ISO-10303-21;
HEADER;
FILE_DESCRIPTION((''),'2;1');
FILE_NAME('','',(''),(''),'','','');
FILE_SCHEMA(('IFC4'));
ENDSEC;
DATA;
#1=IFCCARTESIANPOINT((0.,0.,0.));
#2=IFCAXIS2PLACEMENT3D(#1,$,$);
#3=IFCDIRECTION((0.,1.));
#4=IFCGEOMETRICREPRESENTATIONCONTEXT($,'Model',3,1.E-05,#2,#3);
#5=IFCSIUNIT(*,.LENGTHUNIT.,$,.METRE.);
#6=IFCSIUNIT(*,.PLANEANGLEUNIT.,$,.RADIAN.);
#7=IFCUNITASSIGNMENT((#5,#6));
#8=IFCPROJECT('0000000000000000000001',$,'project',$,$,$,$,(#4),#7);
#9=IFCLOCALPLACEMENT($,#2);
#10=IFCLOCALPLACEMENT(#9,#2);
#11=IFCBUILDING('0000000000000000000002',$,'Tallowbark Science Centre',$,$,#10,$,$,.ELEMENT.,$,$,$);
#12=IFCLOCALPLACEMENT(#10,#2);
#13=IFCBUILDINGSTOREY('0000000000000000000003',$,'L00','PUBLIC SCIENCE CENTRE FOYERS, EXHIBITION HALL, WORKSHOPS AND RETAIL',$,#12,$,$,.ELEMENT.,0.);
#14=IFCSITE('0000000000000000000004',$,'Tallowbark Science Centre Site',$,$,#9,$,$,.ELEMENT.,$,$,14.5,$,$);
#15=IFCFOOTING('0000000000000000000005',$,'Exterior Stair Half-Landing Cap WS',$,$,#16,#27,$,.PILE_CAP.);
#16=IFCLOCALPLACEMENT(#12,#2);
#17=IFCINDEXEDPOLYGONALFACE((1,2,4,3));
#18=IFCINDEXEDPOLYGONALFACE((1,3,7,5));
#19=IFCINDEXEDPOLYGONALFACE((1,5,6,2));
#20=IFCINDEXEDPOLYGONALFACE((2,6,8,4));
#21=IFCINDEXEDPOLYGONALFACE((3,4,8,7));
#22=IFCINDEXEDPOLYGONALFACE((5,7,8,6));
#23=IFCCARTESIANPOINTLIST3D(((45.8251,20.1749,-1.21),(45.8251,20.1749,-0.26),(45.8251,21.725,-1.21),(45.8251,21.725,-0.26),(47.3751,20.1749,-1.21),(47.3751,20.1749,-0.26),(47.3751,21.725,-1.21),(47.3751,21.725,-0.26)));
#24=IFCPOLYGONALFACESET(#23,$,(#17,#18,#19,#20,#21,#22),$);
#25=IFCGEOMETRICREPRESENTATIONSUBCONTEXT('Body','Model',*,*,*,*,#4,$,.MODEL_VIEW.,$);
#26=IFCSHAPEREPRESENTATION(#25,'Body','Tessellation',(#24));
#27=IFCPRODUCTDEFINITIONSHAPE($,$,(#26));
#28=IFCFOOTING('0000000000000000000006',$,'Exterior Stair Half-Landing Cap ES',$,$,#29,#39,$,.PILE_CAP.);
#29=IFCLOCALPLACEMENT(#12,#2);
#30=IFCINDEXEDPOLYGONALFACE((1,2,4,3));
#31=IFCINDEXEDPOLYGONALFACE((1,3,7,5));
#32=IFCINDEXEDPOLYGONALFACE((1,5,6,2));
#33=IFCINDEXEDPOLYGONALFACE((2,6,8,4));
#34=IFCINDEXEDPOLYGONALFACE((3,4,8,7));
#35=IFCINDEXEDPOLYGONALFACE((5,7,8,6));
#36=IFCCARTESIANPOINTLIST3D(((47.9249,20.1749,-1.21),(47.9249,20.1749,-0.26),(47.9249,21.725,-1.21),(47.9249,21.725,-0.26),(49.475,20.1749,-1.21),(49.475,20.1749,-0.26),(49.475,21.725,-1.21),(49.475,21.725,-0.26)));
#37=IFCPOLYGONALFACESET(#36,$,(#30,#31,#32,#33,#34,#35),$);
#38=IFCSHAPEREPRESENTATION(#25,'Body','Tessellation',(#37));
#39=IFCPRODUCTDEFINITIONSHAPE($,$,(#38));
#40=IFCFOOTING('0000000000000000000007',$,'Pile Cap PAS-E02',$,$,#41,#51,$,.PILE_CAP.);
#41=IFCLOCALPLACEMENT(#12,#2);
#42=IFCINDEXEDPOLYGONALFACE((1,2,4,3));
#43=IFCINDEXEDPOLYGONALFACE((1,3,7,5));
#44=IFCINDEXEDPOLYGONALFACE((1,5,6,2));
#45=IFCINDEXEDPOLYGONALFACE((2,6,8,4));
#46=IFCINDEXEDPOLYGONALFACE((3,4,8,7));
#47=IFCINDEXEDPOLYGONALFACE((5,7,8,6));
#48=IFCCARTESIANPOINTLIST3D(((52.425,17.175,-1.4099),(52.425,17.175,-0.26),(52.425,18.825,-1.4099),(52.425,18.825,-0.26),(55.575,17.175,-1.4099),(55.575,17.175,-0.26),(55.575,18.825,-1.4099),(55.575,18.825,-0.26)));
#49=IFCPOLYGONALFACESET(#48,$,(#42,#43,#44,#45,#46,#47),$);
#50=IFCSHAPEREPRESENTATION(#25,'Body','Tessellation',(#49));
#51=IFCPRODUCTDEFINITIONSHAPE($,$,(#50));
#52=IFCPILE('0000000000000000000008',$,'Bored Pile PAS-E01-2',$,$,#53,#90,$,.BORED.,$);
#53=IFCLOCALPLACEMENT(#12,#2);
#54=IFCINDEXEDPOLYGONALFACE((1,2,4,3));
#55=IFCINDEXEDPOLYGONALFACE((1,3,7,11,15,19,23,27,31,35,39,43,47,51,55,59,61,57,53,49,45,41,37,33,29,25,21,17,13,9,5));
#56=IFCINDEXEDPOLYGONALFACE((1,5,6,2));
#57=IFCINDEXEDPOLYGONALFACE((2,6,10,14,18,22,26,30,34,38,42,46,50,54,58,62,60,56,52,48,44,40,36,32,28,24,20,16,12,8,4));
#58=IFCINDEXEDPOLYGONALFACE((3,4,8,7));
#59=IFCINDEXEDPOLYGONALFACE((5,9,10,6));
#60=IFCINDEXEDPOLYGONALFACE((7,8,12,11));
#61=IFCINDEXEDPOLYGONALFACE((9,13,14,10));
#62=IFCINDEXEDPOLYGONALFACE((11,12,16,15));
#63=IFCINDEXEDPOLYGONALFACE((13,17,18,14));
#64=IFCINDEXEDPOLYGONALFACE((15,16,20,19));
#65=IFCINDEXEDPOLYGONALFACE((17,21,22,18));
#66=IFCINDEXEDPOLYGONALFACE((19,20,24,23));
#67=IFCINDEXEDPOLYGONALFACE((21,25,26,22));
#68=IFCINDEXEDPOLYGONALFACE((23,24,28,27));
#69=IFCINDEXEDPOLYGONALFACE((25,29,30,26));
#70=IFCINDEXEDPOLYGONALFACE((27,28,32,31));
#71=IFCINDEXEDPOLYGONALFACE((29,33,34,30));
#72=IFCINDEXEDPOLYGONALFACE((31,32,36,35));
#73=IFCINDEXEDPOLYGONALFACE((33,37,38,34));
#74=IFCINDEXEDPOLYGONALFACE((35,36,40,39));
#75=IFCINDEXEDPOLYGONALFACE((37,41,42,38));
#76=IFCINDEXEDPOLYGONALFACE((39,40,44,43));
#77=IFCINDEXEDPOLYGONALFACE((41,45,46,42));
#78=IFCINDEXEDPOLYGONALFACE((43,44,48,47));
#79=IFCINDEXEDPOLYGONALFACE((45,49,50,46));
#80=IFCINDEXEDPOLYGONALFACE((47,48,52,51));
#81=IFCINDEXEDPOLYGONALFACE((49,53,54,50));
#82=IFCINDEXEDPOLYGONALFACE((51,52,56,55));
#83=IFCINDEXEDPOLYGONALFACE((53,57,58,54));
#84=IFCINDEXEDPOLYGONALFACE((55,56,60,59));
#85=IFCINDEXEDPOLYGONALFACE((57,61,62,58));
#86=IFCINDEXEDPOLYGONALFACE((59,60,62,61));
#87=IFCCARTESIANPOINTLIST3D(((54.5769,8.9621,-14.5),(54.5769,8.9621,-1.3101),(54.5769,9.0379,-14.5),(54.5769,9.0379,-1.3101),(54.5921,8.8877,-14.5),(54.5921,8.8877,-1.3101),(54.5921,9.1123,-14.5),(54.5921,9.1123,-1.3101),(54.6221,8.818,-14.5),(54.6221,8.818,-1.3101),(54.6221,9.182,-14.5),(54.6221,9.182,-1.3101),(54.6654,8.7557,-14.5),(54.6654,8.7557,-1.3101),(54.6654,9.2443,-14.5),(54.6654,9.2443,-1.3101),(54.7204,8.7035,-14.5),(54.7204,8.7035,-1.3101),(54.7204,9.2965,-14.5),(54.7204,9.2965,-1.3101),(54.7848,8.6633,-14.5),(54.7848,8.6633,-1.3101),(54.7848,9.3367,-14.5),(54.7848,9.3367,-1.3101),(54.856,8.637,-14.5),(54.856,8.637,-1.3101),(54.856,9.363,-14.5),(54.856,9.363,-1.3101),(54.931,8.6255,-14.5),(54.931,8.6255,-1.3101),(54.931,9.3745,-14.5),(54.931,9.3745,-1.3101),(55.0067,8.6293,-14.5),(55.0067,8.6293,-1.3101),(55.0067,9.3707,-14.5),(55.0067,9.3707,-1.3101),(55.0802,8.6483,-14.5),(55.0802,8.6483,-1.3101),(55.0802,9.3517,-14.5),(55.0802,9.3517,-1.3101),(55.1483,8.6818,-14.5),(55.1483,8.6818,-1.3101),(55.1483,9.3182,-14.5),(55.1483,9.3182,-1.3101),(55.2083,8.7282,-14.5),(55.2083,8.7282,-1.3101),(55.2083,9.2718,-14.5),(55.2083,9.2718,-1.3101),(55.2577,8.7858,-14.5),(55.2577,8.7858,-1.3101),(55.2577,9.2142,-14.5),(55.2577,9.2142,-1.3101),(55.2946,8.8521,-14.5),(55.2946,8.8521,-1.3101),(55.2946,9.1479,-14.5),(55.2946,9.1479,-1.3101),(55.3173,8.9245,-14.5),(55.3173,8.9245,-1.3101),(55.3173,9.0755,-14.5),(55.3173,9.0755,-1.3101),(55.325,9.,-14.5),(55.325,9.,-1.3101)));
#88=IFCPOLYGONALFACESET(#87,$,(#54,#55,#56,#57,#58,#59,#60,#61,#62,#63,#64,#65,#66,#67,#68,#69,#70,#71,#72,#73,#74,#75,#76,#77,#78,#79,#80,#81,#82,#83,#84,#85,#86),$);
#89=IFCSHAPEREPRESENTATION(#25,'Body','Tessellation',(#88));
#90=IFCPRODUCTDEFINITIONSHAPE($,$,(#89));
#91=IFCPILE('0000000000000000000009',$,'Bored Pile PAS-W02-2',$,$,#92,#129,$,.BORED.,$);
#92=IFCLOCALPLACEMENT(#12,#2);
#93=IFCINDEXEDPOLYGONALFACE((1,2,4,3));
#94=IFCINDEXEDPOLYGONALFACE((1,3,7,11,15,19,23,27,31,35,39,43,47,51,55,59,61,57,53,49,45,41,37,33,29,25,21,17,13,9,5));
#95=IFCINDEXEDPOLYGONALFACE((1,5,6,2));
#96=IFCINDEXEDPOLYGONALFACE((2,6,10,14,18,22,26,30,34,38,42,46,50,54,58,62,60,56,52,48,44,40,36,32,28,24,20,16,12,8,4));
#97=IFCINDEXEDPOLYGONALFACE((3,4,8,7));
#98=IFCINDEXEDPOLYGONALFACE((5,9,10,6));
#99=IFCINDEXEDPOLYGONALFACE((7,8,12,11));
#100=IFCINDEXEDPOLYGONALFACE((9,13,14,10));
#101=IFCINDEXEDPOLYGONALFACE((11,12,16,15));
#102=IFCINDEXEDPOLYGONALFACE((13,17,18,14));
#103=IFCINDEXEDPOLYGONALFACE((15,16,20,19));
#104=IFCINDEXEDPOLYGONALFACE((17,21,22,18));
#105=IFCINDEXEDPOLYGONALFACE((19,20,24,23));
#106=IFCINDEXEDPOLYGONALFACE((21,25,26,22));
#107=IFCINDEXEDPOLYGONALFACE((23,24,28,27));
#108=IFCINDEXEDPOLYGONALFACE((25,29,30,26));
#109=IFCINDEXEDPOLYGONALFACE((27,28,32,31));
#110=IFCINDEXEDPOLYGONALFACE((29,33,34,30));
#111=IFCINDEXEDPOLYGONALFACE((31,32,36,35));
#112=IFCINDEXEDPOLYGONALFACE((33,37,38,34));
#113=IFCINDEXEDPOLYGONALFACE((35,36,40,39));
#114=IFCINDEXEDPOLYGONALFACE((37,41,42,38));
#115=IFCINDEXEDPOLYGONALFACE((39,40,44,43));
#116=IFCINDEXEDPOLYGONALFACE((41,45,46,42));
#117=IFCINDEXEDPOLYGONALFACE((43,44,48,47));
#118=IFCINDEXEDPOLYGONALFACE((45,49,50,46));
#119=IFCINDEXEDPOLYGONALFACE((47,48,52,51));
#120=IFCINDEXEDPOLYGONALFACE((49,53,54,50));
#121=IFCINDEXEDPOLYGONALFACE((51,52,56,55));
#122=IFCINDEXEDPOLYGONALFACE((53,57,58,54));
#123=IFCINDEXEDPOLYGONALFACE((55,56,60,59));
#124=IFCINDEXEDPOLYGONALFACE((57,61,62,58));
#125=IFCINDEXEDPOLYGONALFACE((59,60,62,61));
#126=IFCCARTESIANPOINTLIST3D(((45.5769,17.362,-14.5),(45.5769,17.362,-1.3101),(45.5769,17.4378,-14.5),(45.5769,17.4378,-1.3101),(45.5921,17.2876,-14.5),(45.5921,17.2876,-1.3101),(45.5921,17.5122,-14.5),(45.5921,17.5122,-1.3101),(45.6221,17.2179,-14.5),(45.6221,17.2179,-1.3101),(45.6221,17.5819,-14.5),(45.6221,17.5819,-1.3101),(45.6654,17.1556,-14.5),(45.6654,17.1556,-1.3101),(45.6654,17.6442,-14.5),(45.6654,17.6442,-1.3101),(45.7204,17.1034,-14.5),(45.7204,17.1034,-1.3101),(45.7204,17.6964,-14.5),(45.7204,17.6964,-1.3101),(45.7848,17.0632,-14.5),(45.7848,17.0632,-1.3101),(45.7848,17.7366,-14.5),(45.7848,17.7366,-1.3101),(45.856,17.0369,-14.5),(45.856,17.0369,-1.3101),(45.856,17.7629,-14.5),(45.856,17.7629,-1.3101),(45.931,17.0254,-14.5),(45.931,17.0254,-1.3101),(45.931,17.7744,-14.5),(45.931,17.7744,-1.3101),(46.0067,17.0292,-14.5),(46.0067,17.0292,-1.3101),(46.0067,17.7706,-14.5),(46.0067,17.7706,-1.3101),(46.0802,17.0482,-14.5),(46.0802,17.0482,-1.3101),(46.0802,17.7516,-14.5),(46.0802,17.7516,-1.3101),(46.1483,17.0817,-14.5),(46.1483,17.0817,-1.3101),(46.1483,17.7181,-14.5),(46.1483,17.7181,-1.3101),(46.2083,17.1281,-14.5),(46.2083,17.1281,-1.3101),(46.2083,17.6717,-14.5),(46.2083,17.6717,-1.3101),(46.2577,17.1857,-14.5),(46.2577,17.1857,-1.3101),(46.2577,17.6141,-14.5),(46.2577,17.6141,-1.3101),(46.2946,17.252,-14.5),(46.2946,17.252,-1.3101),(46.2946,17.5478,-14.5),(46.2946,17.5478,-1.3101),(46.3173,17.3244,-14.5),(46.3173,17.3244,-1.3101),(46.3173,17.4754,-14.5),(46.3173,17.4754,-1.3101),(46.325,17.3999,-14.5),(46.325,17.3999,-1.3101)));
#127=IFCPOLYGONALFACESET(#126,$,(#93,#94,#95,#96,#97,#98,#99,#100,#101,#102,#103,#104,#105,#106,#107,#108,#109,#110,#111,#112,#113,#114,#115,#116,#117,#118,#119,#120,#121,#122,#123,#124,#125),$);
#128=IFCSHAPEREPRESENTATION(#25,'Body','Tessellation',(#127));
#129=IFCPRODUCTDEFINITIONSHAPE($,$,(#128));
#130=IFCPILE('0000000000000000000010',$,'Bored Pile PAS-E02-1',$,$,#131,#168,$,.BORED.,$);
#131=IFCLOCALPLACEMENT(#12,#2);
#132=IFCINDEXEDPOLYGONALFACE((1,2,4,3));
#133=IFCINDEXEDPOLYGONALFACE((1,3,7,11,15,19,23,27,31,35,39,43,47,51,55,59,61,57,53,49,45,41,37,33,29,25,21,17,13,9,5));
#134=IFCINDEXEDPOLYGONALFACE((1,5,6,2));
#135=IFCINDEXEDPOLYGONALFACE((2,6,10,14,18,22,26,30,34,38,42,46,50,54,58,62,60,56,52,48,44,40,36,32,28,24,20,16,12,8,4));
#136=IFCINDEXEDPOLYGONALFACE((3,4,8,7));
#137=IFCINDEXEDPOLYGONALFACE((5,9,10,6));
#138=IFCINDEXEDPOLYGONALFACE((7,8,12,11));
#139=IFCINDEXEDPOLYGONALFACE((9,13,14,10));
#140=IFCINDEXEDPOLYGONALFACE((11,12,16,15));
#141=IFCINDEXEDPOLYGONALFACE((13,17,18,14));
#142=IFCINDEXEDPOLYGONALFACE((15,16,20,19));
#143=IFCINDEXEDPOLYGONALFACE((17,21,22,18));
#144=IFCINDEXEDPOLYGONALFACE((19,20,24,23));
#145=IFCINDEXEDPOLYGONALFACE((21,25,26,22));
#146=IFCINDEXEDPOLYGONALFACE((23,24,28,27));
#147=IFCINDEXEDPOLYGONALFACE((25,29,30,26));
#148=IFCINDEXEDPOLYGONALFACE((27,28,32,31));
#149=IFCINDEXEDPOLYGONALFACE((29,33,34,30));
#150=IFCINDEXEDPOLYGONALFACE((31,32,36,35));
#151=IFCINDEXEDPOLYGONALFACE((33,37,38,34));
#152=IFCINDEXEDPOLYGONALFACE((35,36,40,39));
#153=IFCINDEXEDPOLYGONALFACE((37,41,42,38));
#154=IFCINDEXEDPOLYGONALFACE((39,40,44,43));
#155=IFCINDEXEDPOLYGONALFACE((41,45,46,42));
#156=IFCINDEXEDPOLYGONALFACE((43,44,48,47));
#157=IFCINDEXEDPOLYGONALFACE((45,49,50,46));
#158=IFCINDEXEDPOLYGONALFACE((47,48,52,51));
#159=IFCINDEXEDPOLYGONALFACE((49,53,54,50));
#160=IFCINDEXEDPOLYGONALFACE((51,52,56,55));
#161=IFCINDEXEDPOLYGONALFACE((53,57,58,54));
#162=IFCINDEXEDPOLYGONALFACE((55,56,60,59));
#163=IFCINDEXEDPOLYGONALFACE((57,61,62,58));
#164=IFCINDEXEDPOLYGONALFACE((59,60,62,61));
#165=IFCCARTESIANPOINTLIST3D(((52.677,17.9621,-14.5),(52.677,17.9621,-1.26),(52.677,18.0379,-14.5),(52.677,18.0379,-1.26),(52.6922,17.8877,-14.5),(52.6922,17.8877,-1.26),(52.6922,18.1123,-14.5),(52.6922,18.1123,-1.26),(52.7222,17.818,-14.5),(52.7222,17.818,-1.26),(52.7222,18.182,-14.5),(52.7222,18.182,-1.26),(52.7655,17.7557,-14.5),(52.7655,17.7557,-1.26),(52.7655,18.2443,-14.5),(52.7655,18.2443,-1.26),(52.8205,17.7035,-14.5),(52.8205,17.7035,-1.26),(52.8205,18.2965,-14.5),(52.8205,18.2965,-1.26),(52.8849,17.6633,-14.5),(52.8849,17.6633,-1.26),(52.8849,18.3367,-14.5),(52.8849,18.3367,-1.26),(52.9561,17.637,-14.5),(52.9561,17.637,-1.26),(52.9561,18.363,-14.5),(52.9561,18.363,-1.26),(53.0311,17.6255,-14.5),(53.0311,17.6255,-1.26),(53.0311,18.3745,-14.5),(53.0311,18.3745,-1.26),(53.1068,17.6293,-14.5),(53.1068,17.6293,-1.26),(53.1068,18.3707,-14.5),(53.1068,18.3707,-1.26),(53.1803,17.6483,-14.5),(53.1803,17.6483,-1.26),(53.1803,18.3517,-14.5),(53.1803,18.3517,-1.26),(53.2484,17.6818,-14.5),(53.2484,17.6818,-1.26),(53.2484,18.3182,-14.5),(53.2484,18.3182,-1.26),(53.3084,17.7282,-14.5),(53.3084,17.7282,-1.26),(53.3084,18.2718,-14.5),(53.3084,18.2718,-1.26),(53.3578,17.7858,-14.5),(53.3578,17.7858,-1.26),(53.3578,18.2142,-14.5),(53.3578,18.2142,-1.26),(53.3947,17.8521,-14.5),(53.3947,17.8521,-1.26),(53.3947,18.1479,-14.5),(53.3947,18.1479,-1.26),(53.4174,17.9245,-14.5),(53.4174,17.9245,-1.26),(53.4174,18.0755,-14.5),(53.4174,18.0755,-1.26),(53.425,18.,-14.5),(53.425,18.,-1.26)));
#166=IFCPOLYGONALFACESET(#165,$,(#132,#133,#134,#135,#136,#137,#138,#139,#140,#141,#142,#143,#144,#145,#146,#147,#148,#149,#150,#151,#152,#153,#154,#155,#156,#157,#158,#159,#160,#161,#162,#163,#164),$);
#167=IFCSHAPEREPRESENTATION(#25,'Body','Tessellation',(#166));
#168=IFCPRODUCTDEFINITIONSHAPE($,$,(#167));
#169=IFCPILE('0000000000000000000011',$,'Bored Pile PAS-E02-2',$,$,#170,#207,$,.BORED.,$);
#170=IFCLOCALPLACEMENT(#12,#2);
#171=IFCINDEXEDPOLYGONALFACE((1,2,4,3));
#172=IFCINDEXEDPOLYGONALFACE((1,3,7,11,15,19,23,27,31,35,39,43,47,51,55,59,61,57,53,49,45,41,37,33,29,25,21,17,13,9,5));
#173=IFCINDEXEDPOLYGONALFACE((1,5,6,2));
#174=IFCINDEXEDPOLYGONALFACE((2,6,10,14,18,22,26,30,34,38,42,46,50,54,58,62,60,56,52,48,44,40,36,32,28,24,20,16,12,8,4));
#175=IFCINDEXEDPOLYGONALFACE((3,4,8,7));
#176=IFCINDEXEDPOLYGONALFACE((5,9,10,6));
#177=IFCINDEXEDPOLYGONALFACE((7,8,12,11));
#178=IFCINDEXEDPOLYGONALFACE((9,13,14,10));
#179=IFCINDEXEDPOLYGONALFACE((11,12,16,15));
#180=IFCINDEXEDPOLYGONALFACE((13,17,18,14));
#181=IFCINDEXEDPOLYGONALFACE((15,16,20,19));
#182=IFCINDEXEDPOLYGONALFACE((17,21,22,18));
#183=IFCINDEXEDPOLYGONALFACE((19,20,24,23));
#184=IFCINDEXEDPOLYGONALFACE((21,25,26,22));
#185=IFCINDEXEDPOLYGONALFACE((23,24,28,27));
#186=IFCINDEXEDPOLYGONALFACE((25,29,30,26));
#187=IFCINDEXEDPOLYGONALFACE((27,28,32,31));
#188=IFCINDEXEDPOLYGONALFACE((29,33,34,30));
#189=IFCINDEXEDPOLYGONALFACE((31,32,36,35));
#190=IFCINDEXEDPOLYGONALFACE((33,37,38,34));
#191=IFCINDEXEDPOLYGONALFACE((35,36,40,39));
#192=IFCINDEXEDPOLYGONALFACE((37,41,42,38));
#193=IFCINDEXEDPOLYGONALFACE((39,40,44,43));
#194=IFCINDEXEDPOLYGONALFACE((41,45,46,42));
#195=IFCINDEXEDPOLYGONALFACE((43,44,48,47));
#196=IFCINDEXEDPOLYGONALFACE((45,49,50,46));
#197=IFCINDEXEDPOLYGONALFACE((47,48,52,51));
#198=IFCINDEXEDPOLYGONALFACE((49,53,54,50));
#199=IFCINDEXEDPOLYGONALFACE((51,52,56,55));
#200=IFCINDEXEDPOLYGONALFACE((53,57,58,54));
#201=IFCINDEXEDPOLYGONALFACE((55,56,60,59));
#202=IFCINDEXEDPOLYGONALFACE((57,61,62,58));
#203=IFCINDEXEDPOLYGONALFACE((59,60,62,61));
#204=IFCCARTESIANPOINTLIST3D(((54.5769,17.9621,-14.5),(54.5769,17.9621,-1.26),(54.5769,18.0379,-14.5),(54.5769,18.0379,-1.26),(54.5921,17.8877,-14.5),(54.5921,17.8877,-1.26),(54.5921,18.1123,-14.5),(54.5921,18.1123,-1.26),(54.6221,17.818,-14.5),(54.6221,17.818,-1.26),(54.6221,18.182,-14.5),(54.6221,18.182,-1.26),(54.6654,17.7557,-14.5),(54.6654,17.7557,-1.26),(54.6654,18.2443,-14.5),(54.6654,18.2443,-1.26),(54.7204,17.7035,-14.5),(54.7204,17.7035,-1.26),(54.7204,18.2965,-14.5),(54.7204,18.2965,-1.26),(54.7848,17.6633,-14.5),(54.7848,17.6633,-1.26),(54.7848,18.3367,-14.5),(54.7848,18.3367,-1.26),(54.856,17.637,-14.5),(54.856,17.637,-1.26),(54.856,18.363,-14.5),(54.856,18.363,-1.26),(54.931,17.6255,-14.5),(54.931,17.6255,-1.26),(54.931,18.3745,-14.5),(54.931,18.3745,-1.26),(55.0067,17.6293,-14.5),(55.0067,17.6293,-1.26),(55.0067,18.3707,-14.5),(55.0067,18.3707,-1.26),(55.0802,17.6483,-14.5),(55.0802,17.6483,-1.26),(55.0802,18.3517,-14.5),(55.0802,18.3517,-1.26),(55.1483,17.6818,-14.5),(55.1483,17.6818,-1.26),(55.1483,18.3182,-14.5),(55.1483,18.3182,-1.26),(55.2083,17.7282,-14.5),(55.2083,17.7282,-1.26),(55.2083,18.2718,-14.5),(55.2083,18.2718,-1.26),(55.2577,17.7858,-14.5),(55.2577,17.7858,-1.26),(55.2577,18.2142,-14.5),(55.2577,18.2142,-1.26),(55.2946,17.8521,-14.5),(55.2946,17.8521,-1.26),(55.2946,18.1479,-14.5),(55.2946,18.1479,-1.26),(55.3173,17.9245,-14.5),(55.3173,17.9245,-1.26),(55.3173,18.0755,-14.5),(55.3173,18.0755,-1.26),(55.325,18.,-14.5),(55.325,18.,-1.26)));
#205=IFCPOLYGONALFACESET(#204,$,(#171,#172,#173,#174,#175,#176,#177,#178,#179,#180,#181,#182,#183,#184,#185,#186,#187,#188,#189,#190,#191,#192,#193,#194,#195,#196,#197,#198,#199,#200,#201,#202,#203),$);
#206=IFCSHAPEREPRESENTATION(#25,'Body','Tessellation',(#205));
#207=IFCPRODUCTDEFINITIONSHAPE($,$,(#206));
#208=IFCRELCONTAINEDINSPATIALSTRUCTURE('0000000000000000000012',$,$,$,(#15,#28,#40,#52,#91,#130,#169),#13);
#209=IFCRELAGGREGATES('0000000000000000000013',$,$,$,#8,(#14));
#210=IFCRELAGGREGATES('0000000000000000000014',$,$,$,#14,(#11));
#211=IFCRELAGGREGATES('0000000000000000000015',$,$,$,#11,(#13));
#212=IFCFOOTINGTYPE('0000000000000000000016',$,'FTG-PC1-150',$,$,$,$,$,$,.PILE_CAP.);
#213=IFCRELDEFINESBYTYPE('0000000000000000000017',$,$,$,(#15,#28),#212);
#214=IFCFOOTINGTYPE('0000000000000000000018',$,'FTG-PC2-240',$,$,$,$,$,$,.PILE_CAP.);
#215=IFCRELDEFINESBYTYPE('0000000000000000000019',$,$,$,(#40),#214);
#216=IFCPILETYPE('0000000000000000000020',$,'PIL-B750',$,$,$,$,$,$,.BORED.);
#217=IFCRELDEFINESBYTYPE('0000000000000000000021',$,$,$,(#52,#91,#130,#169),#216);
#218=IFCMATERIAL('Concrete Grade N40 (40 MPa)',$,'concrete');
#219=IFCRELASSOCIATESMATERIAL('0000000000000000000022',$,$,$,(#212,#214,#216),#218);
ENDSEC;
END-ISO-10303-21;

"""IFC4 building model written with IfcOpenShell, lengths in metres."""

from ifc_helpers import new_model, si_unit, direction, frame, origin, origin_2d, place, context, subcontext, project, spatial, rectangle, circle, extrude, material, material_profile, profile_set, type_object, element, save


model = new_model("IFC4")

# Units and contexts
model_context = context("Model", 3, precision=1e-05, world=origin(), true_north=direction((0.0, 1.0)))
body_context = subcontext(model_context, "Body", "Model", "MODEL_VIEW")
ifc_project = project(units=[si_unit("LENGTHUNIT", "METRE"), si_unit("PLANEANGLEUNIT", "RADIAN")], contexts=[model_context])

# Site, building, storey
site_placement = place(None, origin())
site = spatial("IfcSite", under=ifc_project, at=site_placement, Name="Tallowbark Science Centre Site", CompositionType="ELEMENT", RefElevation=14.5)
building_placement = place(site_placement, origin())
building = spatial("IfcBuilding", under=site, at=building_placement, Name="Tallowbark Science Centre", CompositionType="ELEMENT")
storey_placement = place(building_placement, origin())
storey = spatial("IfcBuildingStorey", under=building, at=storey_placement, Name="L00", Description="PUBLIC SCIENCE CENTRE FOYERS, EXHIBITION HALL, WORKSHOPS AND RETAIL", CompositionType="ELEMENT", Elevation=0.0)

# Footings
ifc_material_1 = material(Name="Concrete Grade N40 (40 MPa)", Category="concrete")
footing_type_1 = type_object("IfcFootingType", Name="FTG-PC1-150", PredefinedType="PILE_CAP", material=ifc_material_1)
for number, where, z_axis, x_axis, name in (
    (1, (46.6001, 20.95, -1.21), (0.0, 0.0, 1.0), (1.0, 0.0, 0.0), "Exterior Stair Half-Landing Cap WS"),
    (2, (48.7, 20.95, -1.21), (0.0, 0.0, 1.0), (1.0, 0.0, 0.0), "Exterior Stair Half-Landing Cap ES"),
):
    element("IfcFooting", number, at=place(storey_placement, frame(where, z_axis=z_axis, x_axis=x_axis)), inside=storey, type_object=footing_type_1, Name=name, PredefinedType="PILE_CAP", context=body_context, shape_type="SweptSolid", body=[
        extrude(rectangle(XDim=1.55, YDim=1.55, at=origin_2d()), origin(), (0.0, 0.0, 1.0), 0.95),
    ])
footing_type_2 = type_object("IfcFootingType", Name="FTG-PC2-240", PredefinedType="PILE_CAP", material=ifc_material_1)
footing_placement = place(storey_placement, frame((54.0, 18.0, -1.4099), z_axis=(0.0, 0.0, 1.0), x_axis=(1.0, 0.0, 0.0)))
element("IfcFooting", 3, at=footing_placement, inside=storey, type_object=footing_type_2, Name="Pile Cap PAS-E02", PredefinedType="PILE_CAP", context=body_context, shape_type="SweptSolid", body=[
    extrude(rectangle(XDim=3.1499, YDim=1.6499, at=origin_2d()), origin(), (0.0, 0.0, 1.0), 1.1499),
])

# Piles
ifc_material_profile_1 = material_profile(ifc_material_1, circle(Radius=0.375, at=origin_2d()), Name="PILE750")
ifc_profile_set_1 = profile_set([ifc_material_profile_1], Name="Concrete Grade N40 (40 MPa)")
pile_type = type_object("IfcPileType", Name="PIL-B750", PredefinedType="BORED", material=ifc_profile_set_1)
for number, where, z_axis, x_axis, name in (
    (4, (54.95, 9.0, -1.3101), (0.0, 0.0, -1.0), (1.0, 0.0, 0.0), "Bored Pile PAS-E01-2"),
    (5, (45.95, 17.3999, -1.3101), (0.0, 0.0, -1.0), (1.0, 0.0, 0.0), "Bored Pile PAS-W02-2"),
):
    element("IfcPile", number, at=place(storey_placement, frame(where, z_axis=z_axis, x_axis=x_axis)), inside=storey, type_object=pile_type, Name=name, PredefinedType="BORED", context=body_context, shape_type="SweptSolid", body=[
        extrude(circle(Radius=0.375, at=origin_2d()), origin(), (0.0, 0.0, 1.0), 13.1899),
    ])
for number, where, z_axis, x_axis, name in (
    (6, (53.05, 18.0, -1.26), (0.0, 0.0, -1.0), (1.0, 0.0, 0.0), "Bored Pile PAS-E02-1"),
    (7, (54.95, 18.0, -1.26), (0.0, 0.0, -1.0), (1.0, 0.0, 0.0), "Bored Pile PAS-E02-2"),
):
    element("IfcPile", number, at=place(storey_placement, frame(where, z_axis=z_axis, x_axis=x_axis)), inside=storey, type_object=pile_type, Name=name, PredefinedType="BORED", context=body_context, shape_type="SweptSolid", body=[
        extrude(circle(Radius=0.375, at=origin_2d()), origin(), (0.0, 0.0, 1.0), 13.24),
    ])

save(model, "model.ifc")
